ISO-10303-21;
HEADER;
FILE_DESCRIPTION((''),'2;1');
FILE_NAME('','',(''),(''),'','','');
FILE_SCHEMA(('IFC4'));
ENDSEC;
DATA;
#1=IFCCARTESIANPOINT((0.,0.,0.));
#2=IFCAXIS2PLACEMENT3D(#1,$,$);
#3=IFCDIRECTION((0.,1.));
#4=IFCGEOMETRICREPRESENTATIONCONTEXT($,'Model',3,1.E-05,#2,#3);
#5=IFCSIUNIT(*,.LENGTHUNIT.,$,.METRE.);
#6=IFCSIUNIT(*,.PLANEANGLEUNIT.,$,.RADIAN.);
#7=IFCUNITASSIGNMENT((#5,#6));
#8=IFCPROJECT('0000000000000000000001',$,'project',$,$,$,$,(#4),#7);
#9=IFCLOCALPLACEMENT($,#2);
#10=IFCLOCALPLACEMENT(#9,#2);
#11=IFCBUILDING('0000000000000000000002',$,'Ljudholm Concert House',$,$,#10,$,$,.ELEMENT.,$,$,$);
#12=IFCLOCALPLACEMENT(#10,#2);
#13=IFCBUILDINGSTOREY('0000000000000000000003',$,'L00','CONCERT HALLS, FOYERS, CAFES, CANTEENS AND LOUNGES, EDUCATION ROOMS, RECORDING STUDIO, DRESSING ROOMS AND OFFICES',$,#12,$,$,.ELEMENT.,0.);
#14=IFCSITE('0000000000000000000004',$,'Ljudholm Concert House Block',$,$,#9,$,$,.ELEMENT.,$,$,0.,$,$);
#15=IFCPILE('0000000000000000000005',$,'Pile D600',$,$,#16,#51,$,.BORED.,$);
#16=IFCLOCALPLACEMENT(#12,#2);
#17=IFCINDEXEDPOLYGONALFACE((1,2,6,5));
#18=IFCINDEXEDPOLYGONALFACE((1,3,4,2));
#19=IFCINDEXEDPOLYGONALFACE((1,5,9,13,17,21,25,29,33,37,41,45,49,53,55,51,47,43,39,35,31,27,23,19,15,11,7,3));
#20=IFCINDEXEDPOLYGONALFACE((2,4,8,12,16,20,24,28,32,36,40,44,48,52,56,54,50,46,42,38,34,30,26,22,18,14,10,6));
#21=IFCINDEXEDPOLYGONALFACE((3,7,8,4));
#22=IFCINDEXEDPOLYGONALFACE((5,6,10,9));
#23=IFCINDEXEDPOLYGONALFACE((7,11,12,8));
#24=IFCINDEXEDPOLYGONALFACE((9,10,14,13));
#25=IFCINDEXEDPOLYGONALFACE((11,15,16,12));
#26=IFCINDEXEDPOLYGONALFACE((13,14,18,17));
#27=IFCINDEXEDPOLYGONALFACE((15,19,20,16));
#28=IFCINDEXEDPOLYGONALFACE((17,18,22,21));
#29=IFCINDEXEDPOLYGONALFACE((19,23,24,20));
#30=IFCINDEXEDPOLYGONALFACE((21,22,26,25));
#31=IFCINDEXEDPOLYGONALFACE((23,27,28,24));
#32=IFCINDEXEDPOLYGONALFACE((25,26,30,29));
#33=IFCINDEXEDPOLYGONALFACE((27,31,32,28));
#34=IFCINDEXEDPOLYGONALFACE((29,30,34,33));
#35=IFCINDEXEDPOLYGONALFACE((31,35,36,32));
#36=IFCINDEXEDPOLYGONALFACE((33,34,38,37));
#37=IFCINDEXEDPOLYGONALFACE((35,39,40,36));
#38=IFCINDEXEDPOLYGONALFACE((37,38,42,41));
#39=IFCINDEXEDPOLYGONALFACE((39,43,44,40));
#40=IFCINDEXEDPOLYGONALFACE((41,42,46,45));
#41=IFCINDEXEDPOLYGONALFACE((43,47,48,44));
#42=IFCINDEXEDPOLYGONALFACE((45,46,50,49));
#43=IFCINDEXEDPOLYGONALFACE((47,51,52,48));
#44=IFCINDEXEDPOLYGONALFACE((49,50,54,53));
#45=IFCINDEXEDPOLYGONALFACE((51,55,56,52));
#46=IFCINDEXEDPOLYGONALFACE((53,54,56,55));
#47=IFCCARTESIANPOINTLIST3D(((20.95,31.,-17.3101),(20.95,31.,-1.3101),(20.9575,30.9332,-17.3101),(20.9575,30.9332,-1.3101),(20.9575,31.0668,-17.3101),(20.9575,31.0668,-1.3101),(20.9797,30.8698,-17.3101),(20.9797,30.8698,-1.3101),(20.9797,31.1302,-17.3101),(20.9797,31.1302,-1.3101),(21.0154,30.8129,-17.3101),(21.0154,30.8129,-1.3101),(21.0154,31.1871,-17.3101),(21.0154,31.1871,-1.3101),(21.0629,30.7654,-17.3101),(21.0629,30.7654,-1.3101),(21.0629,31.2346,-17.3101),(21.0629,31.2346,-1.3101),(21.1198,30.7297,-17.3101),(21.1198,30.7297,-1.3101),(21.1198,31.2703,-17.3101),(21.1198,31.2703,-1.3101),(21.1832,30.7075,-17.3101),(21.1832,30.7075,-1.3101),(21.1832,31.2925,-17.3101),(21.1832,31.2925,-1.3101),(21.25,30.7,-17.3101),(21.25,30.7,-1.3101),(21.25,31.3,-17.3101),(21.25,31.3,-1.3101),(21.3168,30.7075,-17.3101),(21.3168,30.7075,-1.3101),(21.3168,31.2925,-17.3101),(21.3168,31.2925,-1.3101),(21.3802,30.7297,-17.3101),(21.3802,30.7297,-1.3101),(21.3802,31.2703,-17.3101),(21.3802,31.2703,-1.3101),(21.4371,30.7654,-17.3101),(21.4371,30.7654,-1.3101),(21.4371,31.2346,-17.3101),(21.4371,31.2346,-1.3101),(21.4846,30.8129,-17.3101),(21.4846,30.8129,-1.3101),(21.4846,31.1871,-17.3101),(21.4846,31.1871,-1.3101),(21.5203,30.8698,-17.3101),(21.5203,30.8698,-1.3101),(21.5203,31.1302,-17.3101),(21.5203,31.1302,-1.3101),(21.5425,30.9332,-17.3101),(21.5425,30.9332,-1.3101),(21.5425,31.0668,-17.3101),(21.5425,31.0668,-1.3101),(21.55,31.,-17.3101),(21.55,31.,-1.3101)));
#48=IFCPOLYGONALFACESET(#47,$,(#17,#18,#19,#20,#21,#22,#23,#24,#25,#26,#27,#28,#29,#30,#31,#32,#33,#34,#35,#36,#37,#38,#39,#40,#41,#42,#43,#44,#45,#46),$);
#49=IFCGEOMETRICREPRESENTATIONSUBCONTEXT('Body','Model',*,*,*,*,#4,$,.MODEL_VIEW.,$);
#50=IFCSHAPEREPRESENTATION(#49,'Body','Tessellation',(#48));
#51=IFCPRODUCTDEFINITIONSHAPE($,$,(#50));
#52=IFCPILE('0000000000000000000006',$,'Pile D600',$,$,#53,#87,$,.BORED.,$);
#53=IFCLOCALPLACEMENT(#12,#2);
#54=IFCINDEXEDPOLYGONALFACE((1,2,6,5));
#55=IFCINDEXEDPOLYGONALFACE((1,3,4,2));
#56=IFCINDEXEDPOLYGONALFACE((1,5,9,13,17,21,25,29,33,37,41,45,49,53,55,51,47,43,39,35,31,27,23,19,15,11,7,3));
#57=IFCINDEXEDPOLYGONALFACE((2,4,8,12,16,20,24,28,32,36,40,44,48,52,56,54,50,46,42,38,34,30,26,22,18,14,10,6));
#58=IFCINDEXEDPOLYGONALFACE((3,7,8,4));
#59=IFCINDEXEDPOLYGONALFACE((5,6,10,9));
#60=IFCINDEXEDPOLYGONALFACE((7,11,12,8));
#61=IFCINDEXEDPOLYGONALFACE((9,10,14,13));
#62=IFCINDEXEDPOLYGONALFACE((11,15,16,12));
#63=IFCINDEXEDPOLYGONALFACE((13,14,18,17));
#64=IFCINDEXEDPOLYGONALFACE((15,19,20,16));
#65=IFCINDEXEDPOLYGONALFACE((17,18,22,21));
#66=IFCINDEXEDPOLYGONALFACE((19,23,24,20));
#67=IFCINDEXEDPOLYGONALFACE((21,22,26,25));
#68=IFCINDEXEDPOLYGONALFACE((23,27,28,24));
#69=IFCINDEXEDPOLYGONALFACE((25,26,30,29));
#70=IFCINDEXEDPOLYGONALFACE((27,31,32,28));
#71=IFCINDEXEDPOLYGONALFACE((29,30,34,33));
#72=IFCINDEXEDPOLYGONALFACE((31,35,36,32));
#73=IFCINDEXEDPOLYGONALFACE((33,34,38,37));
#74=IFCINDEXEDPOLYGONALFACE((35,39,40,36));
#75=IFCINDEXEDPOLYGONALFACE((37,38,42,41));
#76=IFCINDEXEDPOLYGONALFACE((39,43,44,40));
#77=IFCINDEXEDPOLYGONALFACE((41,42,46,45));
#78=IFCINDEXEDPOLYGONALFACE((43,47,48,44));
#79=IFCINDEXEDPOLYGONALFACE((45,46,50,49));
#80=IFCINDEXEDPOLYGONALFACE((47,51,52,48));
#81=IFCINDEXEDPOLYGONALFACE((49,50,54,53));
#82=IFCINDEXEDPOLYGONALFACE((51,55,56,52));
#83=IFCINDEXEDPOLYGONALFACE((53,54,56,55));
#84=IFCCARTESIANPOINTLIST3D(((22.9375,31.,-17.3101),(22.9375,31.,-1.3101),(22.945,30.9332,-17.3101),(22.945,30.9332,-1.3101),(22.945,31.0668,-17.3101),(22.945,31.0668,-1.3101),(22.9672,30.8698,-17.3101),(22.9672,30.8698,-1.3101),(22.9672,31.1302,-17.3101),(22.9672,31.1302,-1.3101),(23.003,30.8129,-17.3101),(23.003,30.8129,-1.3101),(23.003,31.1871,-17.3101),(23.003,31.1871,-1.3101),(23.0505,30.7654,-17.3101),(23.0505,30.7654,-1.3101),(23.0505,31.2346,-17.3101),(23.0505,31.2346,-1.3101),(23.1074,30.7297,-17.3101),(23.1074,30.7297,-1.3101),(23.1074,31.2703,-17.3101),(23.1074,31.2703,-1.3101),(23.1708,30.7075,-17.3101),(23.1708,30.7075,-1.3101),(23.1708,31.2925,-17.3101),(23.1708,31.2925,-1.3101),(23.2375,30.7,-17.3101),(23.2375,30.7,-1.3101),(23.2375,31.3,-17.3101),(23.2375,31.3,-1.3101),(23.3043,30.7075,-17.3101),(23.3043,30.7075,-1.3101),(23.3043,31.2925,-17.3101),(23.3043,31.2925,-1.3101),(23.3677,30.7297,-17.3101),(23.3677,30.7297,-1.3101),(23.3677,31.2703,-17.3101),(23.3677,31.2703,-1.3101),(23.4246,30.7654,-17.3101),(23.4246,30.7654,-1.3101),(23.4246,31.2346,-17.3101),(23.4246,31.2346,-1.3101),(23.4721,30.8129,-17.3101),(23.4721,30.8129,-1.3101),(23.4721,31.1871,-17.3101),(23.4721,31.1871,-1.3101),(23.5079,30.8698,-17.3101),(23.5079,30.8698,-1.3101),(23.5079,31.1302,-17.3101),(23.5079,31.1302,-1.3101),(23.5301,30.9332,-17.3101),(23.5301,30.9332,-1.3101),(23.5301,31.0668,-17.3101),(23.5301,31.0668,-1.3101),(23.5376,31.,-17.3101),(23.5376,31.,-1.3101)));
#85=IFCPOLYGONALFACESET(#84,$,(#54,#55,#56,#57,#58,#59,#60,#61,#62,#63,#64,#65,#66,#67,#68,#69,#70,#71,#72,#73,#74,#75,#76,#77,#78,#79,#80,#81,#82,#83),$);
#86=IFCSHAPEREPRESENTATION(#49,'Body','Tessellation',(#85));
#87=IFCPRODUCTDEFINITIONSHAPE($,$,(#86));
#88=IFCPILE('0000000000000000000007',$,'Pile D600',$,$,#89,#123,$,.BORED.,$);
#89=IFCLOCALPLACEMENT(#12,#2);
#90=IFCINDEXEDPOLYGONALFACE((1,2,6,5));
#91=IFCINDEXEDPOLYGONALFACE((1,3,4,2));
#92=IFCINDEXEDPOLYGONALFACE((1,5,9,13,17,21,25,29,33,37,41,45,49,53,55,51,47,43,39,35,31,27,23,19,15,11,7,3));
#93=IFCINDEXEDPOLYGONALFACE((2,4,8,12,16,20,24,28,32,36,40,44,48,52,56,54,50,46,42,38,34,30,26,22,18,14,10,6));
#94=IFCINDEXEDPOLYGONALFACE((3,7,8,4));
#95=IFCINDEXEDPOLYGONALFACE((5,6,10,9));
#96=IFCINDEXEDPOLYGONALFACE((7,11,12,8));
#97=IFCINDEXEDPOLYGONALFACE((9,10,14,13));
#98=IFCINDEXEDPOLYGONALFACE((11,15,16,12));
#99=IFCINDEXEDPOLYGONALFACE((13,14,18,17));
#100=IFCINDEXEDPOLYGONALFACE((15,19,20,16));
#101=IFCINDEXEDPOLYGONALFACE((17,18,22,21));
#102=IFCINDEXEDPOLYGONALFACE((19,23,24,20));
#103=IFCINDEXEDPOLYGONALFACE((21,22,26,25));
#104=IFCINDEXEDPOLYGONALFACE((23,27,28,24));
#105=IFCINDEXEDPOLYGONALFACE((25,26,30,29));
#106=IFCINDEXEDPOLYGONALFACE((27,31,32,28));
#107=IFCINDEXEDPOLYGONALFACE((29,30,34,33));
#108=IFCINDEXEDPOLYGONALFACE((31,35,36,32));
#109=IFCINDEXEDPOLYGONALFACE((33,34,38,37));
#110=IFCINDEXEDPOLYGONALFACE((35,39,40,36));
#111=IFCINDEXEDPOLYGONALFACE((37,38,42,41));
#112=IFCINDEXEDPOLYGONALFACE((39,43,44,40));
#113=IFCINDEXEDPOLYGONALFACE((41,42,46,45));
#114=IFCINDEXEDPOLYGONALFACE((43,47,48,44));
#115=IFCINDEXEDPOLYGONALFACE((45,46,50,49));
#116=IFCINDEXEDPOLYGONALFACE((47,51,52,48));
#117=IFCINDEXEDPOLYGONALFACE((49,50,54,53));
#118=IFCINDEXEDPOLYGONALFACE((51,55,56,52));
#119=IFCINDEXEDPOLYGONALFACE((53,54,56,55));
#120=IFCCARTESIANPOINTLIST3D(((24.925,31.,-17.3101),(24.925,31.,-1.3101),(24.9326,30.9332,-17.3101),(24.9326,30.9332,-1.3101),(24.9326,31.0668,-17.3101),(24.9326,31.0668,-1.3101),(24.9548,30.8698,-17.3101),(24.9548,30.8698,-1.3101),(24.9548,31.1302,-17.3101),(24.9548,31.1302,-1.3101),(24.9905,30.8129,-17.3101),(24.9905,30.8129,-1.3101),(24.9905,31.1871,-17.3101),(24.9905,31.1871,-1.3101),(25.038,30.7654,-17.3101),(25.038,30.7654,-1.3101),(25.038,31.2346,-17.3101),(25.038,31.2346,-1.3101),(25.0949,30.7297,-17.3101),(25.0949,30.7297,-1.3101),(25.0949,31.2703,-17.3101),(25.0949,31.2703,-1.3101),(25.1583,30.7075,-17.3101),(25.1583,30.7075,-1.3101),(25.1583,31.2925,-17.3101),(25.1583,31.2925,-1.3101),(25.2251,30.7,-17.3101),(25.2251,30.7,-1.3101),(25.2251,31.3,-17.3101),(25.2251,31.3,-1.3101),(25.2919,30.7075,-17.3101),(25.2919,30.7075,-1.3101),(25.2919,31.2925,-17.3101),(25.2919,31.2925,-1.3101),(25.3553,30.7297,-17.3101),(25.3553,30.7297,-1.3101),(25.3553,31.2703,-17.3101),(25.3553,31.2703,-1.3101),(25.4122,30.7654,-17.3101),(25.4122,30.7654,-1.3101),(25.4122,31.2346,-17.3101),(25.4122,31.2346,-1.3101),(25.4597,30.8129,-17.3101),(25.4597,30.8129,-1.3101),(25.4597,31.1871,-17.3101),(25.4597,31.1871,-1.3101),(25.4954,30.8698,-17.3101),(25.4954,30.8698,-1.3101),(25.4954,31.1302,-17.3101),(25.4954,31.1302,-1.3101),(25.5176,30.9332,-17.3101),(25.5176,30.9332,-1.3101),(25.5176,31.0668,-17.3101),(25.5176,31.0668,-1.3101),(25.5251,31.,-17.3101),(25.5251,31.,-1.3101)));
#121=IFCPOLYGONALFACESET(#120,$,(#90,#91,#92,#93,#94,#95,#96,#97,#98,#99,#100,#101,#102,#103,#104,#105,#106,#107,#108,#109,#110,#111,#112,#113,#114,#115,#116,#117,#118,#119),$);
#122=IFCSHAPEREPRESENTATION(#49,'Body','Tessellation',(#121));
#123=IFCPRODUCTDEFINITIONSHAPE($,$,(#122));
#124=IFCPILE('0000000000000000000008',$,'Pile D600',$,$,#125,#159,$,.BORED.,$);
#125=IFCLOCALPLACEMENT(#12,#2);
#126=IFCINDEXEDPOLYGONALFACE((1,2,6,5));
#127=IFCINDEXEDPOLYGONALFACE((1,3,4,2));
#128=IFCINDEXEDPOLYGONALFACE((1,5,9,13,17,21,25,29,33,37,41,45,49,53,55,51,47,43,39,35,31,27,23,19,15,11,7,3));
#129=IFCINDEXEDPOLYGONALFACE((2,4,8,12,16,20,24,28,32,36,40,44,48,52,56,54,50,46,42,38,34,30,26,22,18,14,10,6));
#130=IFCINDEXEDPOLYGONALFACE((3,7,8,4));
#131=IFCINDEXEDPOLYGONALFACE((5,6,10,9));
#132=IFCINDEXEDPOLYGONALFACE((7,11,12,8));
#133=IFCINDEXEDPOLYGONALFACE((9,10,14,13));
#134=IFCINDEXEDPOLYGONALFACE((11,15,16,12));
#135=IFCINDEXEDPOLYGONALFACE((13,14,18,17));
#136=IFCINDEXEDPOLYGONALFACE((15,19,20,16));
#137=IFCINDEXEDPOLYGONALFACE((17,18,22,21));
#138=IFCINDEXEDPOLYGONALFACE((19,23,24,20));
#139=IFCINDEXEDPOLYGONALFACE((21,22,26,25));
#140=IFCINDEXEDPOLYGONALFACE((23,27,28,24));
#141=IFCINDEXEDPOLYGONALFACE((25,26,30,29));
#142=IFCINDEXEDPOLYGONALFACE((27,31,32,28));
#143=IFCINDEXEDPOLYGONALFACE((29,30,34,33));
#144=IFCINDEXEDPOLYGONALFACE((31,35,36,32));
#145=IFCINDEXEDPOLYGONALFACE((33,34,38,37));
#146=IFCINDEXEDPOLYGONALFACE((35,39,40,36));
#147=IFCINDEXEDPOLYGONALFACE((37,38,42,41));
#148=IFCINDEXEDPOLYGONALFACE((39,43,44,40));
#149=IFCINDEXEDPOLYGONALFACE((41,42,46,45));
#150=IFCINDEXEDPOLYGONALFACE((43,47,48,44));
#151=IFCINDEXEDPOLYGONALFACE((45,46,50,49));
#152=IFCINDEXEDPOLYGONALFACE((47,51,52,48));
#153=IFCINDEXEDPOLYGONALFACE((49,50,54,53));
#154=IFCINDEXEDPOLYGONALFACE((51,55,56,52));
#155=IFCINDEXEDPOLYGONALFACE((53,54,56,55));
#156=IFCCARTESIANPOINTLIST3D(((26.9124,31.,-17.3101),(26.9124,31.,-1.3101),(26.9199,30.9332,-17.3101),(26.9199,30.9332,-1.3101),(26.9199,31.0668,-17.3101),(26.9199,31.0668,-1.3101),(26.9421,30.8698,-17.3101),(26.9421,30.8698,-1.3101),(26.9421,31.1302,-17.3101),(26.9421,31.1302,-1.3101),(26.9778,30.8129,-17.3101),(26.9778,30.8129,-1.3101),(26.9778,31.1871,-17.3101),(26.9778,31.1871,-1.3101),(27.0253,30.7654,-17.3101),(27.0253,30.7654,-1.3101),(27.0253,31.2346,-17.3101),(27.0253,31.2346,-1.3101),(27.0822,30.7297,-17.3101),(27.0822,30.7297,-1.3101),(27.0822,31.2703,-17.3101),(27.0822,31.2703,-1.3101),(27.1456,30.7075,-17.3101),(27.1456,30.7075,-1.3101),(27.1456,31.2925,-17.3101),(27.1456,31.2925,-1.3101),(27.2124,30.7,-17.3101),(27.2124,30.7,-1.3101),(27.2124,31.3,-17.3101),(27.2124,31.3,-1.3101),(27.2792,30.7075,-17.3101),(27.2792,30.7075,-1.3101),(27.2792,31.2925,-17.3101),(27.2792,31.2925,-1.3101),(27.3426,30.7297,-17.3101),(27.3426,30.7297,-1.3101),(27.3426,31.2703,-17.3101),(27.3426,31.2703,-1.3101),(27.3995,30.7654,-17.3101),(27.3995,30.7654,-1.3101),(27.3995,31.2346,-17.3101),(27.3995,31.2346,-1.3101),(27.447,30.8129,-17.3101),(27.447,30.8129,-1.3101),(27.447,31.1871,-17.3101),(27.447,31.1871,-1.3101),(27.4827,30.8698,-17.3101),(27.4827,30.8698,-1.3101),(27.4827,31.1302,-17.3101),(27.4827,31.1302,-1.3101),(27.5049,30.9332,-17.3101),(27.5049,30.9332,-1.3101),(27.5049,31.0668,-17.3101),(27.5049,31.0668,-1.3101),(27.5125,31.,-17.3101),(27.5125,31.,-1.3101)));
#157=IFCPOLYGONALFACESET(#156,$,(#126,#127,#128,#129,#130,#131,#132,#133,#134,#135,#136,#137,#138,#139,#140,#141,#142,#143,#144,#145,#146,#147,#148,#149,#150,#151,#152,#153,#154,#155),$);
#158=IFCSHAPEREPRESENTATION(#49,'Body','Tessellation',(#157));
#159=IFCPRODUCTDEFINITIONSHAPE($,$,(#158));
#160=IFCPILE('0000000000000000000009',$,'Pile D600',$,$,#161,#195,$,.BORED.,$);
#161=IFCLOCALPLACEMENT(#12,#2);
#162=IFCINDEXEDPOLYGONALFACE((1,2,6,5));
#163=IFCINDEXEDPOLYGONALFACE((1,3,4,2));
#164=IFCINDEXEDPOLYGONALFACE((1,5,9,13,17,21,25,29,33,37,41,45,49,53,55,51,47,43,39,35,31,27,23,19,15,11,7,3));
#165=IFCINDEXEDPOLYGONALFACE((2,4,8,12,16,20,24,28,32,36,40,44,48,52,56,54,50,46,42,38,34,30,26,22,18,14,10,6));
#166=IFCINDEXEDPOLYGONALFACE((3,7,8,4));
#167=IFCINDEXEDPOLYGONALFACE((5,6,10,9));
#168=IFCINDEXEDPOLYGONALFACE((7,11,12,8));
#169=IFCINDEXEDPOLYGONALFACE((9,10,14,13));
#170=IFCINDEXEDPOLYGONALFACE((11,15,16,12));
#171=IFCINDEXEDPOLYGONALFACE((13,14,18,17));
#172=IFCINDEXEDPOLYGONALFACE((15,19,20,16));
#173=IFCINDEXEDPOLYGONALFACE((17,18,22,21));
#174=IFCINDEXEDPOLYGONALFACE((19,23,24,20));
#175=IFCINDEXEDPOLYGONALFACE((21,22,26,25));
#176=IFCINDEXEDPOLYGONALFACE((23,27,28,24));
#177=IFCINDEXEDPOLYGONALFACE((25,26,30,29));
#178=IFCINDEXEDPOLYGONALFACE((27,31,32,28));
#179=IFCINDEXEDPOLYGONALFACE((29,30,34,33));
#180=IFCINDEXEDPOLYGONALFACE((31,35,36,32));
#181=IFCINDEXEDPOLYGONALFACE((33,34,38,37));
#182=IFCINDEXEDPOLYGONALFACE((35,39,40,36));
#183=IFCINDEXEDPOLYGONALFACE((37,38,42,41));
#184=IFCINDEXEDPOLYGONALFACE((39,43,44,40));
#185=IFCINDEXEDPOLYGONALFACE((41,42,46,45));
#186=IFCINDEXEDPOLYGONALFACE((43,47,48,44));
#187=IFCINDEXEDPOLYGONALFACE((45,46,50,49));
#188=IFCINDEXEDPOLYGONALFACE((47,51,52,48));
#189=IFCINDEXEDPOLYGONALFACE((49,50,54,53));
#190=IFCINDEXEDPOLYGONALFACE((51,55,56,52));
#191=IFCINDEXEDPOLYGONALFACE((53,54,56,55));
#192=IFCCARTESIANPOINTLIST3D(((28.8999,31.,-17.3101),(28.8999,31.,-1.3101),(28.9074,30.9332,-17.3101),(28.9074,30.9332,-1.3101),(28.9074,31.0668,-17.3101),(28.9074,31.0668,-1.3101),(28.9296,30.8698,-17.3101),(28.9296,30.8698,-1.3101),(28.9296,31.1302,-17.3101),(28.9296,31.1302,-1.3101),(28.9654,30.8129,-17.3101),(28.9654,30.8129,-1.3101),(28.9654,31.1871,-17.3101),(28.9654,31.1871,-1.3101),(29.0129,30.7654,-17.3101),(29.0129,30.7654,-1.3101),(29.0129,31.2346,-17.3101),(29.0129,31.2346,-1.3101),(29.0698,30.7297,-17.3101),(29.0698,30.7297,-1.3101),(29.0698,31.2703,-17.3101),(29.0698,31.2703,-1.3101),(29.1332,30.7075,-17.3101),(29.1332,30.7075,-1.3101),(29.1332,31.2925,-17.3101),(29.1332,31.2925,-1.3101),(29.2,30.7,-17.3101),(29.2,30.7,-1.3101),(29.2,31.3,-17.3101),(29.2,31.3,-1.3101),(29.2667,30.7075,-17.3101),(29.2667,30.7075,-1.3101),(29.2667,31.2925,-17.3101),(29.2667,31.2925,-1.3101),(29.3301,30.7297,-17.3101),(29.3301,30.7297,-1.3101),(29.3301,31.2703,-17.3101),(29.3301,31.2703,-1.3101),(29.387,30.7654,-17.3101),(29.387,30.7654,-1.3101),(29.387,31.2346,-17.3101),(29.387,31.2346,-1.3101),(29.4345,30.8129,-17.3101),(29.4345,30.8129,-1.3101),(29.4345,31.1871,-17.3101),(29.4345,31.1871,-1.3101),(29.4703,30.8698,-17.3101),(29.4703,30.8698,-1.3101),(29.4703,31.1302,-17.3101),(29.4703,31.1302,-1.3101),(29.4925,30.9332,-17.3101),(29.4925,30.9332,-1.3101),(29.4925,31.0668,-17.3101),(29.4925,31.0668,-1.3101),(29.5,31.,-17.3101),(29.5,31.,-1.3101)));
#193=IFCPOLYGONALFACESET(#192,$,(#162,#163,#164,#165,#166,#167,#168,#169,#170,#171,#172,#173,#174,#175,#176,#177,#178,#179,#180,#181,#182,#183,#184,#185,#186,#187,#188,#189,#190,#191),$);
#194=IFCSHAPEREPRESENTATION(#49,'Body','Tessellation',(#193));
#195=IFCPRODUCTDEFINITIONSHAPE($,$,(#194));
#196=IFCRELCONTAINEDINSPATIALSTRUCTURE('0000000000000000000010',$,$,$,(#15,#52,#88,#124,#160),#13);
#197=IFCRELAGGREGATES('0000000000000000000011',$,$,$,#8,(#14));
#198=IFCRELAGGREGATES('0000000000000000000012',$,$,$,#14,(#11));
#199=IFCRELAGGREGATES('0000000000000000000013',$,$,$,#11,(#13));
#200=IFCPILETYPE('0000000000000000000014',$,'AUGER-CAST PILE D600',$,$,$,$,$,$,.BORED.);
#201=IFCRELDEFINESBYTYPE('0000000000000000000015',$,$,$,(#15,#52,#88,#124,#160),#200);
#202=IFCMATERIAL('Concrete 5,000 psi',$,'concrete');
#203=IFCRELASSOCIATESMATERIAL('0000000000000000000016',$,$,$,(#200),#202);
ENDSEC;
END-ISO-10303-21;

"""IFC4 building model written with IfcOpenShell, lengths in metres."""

from ifc_helpers import new_model, si_unit, direction, frame, origin, origin_2d, place, context, subcontext, project, spatial, circle, extrude, material, material_profile, profile_set, type_object, element, save


model = new_model("IFC4")

# Units and contexts
model_context = context("Model", 3, precision=1e-05, world=origin(), true_north=direction((0.0, 1.0)))
body_context = subcontext(model_context, "Body", "Model", "MODEL_VIEW")
ifc_project = project(units=[si_unit("LENGTHUNIT", "METRE"), si_unit("PLANEANGLEUNIT", "RADIAN")], contexts=[model_context])

# Site, building, storey
site_placement = place(None, origin())
site = spatial("IfcSite", under=ifc_project, at=site_placement, Name="Ljudholm Concert House Block", CompositionType="ELEMENT", RefElevation=0.0)
building_placement = place(site_placement, origin())
building = spatial("IfcBuilding", under=site, at=building_placement, Name="Ljudholm Concert House", CompositionType="ELEMENT")
storey_placement = place(building_placement, origin())
storey = spatial("IfcBuildingStorey", under=building, at=storey_placement, Name="L00", Description="CONCERT HALLS, FOYERS, CAFES, CANTEENS AND LOUNGES, EDUCATION ROOMS, RECORDING STUDIO, DRESSING ROOMS AND OFFICES", CompositionType="ELEMENT", Elevation=0.0)

# Piles
ifc_material_1 = material(Name="Concrete 5,000 psi", Category="concrete")
ifc_material_profile = material_profile(ifc_material_1, circle(Radius=0.3, at=origin_2d()), Name="AUGER-CAST PILE D600")
ifc_profile_set = profile_set([ifc_material_profile], Name="Concrete 5,000 psi")
pile_type = type_object("IfcPileType", Name="AUGER-CAST PILE D600", PredefinedType="BORED", material=ifc_profile_set)
for number, where, z_axis, x_axis, name in (
    (1, (21.25, 31.0, -1.3101), (0.0, 0.0, -1.0), (1.0, 0.0, 0.0), "Pile D600"),
    (2, (23.2375, 31.0, -1.3101), (0.0, 0.0, -1.0), (1.0, 0.0, 0.0), "Pile D600"),
    (3, (25.2251, 31.0, -1.3101), (0.0, 0.0, -1.0), (1.0, 0.0, 0.0), "Pile D600"),
    (4, (27.2124, 31.0, -1.3101), (0.0, 0.0, -1.0), (1.0, 0.0, 0.0), "Pile D600"),
    (5, (29.2, 31.0, -1.3101), (0.0, 0.0, -1.0), (1.0, 0.0, 0.0), "Pile D600"),
):
    element("IfcPile", number, at=place(storey_placement, frame(where, z_axis=z_axis, x_axis=x_axis)), inside=storey, type_object=pile_type, Name=name, PredefinedType="BORED", context=body_context, shape_type="SweptSolid", body=[
        extrude(circle(Radius=0.3, at=origin_2d()), origin(), (0.0, 0.0, 1.0), 16.0),
    ])

save(model, "model.ifc")
